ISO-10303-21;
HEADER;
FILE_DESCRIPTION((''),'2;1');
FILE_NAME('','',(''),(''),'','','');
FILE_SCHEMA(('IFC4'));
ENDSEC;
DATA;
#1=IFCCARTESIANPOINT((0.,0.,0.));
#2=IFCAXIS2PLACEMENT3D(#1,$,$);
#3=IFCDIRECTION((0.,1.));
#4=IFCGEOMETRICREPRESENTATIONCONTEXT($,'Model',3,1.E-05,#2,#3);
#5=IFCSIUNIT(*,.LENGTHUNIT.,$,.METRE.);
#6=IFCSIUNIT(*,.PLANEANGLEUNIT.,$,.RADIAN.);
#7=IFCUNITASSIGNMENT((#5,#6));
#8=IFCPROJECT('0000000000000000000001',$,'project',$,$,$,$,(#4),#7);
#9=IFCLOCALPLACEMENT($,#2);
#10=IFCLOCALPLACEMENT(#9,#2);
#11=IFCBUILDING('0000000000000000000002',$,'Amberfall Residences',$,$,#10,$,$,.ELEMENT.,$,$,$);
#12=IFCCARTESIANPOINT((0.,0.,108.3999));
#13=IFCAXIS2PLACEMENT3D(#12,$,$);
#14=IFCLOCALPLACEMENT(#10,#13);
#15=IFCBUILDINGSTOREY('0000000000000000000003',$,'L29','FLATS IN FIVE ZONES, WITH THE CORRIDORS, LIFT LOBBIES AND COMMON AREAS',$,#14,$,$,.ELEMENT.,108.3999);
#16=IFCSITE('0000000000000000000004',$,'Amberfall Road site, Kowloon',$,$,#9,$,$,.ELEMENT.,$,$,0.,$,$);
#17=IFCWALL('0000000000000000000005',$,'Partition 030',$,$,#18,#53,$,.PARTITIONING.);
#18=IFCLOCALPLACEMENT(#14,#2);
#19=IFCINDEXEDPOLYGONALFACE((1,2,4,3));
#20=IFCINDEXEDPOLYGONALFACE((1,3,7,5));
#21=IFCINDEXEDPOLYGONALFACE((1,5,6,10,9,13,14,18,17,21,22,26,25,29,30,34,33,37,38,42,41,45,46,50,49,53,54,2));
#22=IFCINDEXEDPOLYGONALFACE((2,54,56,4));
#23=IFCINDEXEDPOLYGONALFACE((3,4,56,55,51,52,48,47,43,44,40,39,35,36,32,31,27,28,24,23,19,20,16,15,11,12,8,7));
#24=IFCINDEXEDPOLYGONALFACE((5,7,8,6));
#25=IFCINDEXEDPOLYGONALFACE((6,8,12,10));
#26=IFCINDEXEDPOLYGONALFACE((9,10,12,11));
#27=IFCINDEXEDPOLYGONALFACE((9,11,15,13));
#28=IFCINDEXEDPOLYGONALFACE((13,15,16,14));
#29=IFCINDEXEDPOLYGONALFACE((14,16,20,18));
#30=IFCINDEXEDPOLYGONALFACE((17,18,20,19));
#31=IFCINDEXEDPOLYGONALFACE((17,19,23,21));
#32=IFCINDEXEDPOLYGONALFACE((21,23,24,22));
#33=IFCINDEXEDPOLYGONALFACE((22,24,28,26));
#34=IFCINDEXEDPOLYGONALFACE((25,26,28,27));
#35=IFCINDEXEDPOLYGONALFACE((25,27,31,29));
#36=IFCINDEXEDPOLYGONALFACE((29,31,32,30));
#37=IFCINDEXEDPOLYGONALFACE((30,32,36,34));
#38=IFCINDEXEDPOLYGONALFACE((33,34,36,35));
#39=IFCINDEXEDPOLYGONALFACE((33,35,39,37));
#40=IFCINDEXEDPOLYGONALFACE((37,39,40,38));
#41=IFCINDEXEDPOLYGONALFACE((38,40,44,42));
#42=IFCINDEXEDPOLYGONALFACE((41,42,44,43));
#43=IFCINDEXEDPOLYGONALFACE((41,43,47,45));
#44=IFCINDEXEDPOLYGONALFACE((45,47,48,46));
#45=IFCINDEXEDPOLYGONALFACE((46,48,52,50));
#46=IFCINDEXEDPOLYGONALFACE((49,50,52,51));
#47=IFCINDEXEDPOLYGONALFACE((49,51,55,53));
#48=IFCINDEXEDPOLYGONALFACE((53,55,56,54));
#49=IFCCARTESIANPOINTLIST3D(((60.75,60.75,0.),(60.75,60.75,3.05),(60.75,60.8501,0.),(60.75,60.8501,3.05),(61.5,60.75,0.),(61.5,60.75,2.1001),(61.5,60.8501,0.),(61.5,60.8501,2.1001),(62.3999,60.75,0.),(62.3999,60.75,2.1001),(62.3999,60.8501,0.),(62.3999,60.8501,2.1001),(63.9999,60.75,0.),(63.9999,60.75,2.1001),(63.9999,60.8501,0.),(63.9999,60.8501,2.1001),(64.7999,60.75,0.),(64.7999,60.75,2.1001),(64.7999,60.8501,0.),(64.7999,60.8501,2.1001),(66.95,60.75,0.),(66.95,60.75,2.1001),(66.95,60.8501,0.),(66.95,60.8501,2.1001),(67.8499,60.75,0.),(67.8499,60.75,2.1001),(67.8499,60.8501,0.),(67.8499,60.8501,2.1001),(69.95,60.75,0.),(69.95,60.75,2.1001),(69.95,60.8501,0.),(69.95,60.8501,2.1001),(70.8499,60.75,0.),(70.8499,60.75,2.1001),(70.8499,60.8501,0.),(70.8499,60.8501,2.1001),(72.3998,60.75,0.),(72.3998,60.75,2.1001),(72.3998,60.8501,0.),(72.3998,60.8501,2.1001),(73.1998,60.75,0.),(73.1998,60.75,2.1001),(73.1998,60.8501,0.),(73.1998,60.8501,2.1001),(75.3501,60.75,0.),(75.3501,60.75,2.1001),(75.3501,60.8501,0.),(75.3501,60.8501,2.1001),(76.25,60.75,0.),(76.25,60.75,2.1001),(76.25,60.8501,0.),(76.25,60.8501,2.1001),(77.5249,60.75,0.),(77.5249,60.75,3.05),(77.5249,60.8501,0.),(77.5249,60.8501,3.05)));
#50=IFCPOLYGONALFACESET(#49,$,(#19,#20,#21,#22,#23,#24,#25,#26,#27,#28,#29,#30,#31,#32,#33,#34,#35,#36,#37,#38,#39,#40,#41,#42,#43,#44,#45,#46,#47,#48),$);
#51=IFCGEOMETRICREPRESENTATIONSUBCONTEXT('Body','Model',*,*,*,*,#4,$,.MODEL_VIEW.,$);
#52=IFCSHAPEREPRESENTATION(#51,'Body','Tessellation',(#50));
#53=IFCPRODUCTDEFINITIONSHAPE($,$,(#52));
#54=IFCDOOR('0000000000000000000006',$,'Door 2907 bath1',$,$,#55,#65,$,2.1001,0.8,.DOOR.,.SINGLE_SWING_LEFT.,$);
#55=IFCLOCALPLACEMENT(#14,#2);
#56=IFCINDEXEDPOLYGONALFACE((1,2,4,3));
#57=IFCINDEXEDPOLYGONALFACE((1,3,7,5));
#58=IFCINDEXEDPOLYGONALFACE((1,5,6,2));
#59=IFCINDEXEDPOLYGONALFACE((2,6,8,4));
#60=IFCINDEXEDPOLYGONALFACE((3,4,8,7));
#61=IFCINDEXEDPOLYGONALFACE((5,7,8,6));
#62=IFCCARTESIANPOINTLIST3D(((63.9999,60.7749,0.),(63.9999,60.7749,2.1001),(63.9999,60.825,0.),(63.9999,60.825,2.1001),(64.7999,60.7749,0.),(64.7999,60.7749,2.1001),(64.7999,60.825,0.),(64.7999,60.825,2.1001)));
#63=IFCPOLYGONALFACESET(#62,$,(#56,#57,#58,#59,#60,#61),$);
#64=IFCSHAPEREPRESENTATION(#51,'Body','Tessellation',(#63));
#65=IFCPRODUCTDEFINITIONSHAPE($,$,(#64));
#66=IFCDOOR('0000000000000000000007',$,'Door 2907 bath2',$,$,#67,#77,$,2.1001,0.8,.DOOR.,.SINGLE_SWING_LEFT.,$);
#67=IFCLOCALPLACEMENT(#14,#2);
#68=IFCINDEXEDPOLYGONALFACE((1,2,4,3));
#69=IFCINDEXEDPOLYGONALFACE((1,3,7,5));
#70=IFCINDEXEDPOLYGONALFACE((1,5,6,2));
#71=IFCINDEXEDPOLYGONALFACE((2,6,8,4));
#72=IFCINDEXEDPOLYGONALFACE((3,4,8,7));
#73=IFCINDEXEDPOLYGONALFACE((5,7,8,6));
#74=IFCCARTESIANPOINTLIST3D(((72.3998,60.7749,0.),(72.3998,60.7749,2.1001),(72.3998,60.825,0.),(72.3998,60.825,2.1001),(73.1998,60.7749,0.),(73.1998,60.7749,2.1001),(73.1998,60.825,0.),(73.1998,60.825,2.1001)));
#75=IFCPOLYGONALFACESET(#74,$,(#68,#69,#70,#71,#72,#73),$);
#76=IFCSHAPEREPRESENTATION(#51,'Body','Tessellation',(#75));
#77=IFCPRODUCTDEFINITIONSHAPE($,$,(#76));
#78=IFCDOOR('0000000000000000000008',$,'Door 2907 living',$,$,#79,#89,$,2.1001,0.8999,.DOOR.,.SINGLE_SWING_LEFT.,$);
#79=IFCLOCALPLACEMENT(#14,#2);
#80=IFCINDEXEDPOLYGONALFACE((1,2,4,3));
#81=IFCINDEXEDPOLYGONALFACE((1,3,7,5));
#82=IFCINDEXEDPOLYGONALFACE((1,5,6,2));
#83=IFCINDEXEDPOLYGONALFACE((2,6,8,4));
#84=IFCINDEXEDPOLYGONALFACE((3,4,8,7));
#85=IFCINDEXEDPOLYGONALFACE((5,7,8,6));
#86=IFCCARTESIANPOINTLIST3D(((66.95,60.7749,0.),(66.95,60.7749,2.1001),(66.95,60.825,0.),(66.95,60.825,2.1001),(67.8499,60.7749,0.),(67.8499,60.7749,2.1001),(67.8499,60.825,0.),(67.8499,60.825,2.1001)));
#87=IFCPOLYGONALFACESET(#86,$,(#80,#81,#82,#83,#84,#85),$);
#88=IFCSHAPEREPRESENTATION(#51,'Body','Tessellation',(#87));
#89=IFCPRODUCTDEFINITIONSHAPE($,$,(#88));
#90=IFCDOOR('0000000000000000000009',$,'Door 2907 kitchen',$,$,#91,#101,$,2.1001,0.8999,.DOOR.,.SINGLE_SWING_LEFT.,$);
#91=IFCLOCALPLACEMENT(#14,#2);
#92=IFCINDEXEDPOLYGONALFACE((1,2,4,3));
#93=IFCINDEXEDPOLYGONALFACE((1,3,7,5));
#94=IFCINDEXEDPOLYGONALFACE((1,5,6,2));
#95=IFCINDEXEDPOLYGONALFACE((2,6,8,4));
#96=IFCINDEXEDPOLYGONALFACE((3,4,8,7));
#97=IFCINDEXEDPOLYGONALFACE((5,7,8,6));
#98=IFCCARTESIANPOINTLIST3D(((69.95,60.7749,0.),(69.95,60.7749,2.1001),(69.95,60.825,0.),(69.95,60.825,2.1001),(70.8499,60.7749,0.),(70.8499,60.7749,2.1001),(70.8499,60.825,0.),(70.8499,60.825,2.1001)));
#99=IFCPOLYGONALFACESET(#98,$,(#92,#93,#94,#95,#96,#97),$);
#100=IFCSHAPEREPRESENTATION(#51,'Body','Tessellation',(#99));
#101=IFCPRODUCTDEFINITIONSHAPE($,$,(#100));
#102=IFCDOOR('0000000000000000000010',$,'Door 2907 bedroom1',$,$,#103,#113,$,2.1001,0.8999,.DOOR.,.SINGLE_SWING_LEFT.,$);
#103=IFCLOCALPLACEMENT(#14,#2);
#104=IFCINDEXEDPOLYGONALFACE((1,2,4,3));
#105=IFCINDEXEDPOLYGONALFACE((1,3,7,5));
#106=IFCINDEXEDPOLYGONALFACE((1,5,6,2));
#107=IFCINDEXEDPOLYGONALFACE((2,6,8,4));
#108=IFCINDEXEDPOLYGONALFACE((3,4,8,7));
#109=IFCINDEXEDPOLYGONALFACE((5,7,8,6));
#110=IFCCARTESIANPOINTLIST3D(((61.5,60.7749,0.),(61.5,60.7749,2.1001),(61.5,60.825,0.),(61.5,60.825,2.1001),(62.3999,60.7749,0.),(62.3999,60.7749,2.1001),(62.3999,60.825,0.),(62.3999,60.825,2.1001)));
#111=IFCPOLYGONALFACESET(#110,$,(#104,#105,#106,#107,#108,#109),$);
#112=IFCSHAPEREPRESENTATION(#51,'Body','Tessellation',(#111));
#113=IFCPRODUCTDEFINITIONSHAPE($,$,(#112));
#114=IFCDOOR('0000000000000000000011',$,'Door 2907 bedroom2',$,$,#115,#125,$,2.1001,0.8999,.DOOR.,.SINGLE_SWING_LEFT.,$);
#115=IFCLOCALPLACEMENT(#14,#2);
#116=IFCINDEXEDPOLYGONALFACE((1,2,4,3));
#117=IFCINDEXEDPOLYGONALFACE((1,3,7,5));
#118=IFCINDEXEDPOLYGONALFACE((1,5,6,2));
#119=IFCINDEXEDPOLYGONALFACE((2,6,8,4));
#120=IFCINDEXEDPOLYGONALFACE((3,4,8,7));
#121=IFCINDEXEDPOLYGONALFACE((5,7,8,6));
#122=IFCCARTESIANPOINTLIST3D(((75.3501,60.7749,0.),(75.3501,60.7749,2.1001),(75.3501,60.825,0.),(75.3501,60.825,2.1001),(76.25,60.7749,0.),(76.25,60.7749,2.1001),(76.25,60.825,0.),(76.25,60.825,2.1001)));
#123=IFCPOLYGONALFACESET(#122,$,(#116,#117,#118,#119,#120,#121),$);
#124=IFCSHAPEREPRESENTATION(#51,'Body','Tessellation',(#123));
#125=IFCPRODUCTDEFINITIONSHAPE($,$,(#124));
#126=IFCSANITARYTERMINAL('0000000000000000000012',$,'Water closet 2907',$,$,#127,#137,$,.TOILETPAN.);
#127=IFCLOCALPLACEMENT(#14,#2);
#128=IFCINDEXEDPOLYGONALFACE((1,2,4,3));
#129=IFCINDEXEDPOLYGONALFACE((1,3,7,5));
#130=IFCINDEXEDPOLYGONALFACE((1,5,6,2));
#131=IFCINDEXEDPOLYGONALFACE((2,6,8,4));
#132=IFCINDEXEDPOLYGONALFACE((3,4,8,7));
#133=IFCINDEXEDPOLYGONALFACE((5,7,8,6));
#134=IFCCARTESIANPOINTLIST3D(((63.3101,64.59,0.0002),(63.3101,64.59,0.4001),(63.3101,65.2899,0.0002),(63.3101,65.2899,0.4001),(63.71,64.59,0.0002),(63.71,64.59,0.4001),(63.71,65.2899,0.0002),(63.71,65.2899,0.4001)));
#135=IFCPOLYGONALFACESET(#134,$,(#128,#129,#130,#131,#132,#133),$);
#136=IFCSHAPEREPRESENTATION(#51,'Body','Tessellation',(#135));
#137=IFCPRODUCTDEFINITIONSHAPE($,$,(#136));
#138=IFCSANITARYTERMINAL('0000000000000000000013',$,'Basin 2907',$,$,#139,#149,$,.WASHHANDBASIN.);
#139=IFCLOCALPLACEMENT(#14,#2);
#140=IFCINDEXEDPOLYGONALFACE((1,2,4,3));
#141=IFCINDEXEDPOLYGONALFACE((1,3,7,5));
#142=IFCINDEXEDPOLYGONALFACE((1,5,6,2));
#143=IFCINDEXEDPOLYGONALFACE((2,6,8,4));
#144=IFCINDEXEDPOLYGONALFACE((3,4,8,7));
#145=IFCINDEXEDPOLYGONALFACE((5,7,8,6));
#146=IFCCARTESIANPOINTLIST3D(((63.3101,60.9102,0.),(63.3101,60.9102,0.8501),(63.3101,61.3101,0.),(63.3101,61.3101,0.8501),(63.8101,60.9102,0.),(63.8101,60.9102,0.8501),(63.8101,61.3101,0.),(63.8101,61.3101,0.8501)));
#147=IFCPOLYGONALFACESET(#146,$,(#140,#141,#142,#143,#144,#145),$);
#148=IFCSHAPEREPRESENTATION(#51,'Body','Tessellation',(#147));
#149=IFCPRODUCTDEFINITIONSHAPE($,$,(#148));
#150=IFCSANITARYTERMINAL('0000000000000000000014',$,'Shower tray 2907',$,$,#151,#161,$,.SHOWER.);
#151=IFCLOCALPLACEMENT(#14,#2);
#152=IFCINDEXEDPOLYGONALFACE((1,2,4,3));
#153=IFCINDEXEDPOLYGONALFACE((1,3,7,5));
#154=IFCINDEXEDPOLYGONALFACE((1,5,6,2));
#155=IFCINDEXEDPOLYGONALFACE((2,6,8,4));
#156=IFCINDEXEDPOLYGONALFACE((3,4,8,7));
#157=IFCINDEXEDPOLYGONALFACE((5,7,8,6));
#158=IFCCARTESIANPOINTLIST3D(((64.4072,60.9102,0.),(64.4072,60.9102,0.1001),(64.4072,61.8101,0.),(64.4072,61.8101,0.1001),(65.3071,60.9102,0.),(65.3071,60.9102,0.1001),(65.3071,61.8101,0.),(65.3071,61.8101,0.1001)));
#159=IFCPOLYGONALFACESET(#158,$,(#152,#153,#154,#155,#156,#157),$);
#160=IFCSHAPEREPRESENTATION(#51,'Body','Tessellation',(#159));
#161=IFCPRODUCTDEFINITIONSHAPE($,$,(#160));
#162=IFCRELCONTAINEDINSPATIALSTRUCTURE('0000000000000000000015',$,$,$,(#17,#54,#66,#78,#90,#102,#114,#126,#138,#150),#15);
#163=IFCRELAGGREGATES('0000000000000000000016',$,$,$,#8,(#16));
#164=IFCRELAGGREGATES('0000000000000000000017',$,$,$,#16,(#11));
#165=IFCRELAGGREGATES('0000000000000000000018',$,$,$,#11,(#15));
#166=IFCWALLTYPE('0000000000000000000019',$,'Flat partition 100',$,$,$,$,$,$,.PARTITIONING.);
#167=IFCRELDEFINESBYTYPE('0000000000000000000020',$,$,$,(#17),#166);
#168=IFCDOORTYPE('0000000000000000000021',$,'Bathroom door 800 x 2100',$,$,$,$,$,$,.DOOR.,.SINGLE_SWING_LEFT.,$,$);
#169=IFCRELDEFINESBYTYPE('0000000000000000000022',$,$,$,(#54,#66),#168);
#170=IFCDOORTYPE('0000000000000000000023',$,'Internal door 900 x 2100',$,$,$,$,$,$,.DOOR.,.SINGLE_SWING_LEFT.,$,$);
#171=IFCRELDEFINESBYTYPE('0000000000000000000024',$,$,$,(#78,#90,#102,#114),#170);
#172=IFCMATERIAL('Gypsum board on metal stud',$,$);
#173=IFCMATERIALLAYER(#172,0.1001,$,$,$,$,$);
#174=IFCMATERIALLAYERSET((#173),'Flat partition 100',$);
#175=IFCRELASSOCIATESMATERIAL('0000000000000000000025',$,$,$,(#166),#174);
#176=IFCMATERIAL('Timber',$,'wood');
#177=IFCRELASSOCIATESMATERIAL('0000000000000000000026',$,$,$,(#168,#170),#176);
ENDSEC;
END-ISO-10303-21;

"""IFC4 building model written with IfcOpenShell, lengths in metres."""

from ifc_helpers import new_model, si_unit, direction, frame, frame_2d, origin, origin_2d, place, context, subcontext, project, spatial, rectangle, extrude, material, layer, layer_set, type_object, element, fill, save


model = new_model("IFC4")

# Units and contexts
model_context = context("Model", 3, precision=1e-05, world=origin(), true_north=direction((0.0, 1.0)))
body_context = subcontext(model_context, "Body", "Model", "MODEL_VIEW")
ifc_project = project(units=[si_unit("LENGTHUNIT", "METRE"), si_unit("PLANEANGLEUNIT", "RADIAN")], contexts=[model_context])

# Site, building, storey
site_placement = place(None, origin())
site = spatial("IfcSite", under=ifc_project, at=site_placement, Name="Amberfall Road site, Kowloon", CompositionType="ELEMENT", RefElevation=0.0)
building_placement = place(site_placement, origin())
building = spatial("IfcBuilding", under=site, at=building_placement, Name="Amberfall Residences", CompositionType="ELEMENT")
storey_placement = place(building_placement, frame((0.0, 0.0, 108.3999)))
storey = spatial("IfcBuildingStorey", under=building, at=storey_placement, Name="L29", Description="FLATS IN FIVE ZONES, WITH THE CORRIDORS, LIFT LOBBIES AND COMMON AREAS", CompositionType="ELEMENT", Elevation=108.3999)

# Shared definitions
ifc_material_1 = material(Name="Gypsum board on metal stud")
ifc_layer_1 = layer(ifc_material_1, 0.1001)
ifc_layer_set_1 = layer_set([ifc_layer_1], Name="Flat partition 100")
wall_type_1 = type_object("IfcWallType", Name="Flat partition 100", PredefinedType="PARTITIONING", material=ifc_layer_set_1)

# Wall, openings, doors
wall_1_placement = place(storey_placement, frame((60.75, 60.8, 0.0), z_axis=(0.0, 0.0, 1.0), x_axis=(1.0, 0.0, 0.0)))
wall_1 = element("IfcWall", 1, at=wall_1_placement, inside=storey, type_object=wall_type_1, Name="Partition 030", PredefinedType="PARTITIONING", context=body_context, shape_type="SweptSolid", body=[
    extrude(rectangle(XDim=16.7749, YDim=0.1001, at=frame_2d((8.3875, 0.0))), origin(), (0.0, 0.0, 1.0), 3.05),
])
opening_1_placement = place(wall_1_placement, frame((6.2, 0.0, 0.0)))
opening_1 = element("IfcOpeningElement", 2, at=opening_1_placement, cuts=wall_1, PredefinedType="OPENING", context=body_context, shape_type="SweptSolid", body=[
    extrude(rectangle(XDim=0.8999, YDim=2.1001, at=frame_2d((0.45, 1.05))), frame((0.0, 0.0601, 0.0), z_axis=(0.0, -1.0, 0.0), x_axis=(1.0, 0.0, 0.0)), (0.0, 0.0, 1.0), 0.1201),
])
opening_2_placement = place(wall_1_placement, frame((9.2, 0.0, 0.0)))
opening_2 = element("IfcOpeningElement", 3, at=opening_2_placement, cuts=wall_1, PredefinedType="OPENING", context=body_context, shape_type="SweptSolid", body=[
    extrude(rectangle(XDim=0.8999, YDim=2.1001, at=frame_2d((0.45, 1.05))), frame((0.0, 0.0601, 0.0), z_axis=(0.0, -1.0, 0.0), x_axis=(1.0, 0.0, 0.0)), (0.0, 0.0, 1.0), 0.1201),
])
opening_3_placement = place(wall_1_placement, frame((0.75, 0.0, 0.0)))
opening_3 = element("IfcOpeningElement", 4, at=opening_3_placement, cuts=wall_1, PredefinedType="OPENING", context=body_context, shape_type="SweptSolid", body=[
    extrude(rectangle(XDim=0.8999, YDim=2.1001, at=frame_2d((0.45, 1.05))), frame((0.0, 0.0601, 0.0), z_axis=(0.0, -1.0, 0.0), x_axis=(1.0, 0.0, 0.0)), (0.0, 0.0, 1.0), 0.1201),
])
opening_4_placement = place(wall_1_placement, frame((14.6001, 0.0, 0.0)))
opening_4 = element("IfcOpeningElement", 5, at=opening_4_placement, cuts=wall_1, PredefinedType="OPENING", context=body_context, shape_type="SweptSolid", body=[
    extrude(rectangle(XDim=0.8999, YDim=2.1001, at=frame_2d((0.45, 1.05))), frame((0.0, 0.0601, 0.0), z_axis=(0.0, -1.0, 0.0), x_axis=(1.0, 0.0, 0.0)), (0.0, 0.0, 1.0), 0.1201),
])
opening_5_placement = place(wall_1_placement, frame((3.25, 0.0, 0.0)))
opening_5 = element("IfcOpeningElement", 6, at=opening_5_placement, cuts=wall_1, PredefinedType="OPENING", context=body_context, shape_type="SweptSolid", body=[
    extrude(rectangle(XDim=0.8, YDim=2.1001, at=frame_2d((0.3999, 1.05))), frame((0.0, 0.0601, 0.0), z_axis=(0.0, -1.0, 0.0), x_axis=(1.0, 0.0, 0.0)), (0.0, 0.0, 1.0), 0.1201),
])
opening_6_placement = place(wall_1_placement, frame((11.6499, 0.0, 0.0)))
opening_6 = element("IfcOpeningElement", 7, at=opening_6_placement, cuts=wall_1, PredefinedType="OPENING", context=body_context, shape_type="SweptSolid", body=[
    extrude(rectangle(XDim=0.8, YDim=2.1001, at=frame_2d((0.3999, 1.05))), frame((0.0, 0.0601, 0.0), z_axis=(0.0, -1.0, 0.0), x_axis=(1.0, 0.0, 0.0)), (0.0, 0.0, 1.0), 0.1201),
])
ifc_material_2 = material(Name="Timber", Category="wood")
door_type_1 = type_object("IfcDoorType", Name="Bathroom door 800 x 2100", OperationType="SINGLE_SWING_LEFT", PredefinedType="DOOR", material=ifc_material_2)
door_1_placement = place(opening_5_placement, origin())
door_1 = element("IfcDoor", 8, at=door_1_placement, inside=storey, type_object=door_type_1, Name="Door 2907 bath1", OperationType="SINGLE_SWING_LEFT", OverallHeight=2.1001, OverallWidth=0.8, PredefinedType="DOOR", context=body_context, shape_type="SweptSolid", body=[
    extrude(rectangle(XDim=0.8, YDim=2.1001, at=frame_2d((0.3999, 1.05))), frame((0.0, 0.0249, 0.0), z_axis=(0.0, -1.0, 0.0), x_axis=(1.0, 0.0, 0.0)), (0.0, 0.0, 1.0), 0.05),
])
fill(opening_5, door_1)
door_2_placement = place(opening_6_placement, origin())
door_2 = element("IfcDoor", 9, at=door_2_placement, inside=storey, type_object=door_type_1, Name="Door 2907 bath2", OperationType="SINGLE_SWING_LEFT", OverallHeight=2.1001, OverallWidth=0.8, PredefinedType="DOOR", context=body_context, shape_type="SweptSolid", body=[
    extrude(rectangle(XDim=0.8, YDim=2.1001, at=frame_2d((0.3999, 1.05))), frame((0.0, 0.0249, 0.0), z_axis=(0.0, -1.0, 0.0), x_axis=(1.0, 0.0, 0.0)), (0.0, 0.0, 1.0), 0.05),
])
fill(opening_6, door_2)
door_type_2 = type_object("IfcDoorType", Name="Internal door 900 x 2100", OperationType="SINGLE_SWING_LEFT", PredefinedType="DOOR", material=ifc_material_2)
door_3_placement = place(opening_1_placement, origin())
door_3 = element("IfcDoor", 10, at=door_3_placement, inside=storey, type_object=door_type_2, Name="Door 2907 living", OperationType="SINGLE_SWING_LEFT", OverallHeight=2.1001, OverallWidth=0.8999, PredefinedType="DOOR", context=body_context, shape_type="SweptSolid", body=[
    extrude(rectangle(XDim=0.8999, YDim=2.1001, at=frame_2d((0.45, 1.05))), frame((0.0, 0.0249, 0.0), z_axis=(0.0, -1.0, 0.0), x_axis=(1.0, 0.0, 0.0)), (0.0, 0.0, 1.0), 0.05),
])
fill(opening_1, door_3)
door_4_placement = place(opening_2_placement, origin())
door_4 = element("IfcDoor", 11, at=door_4_placement, inside=storey, type_object=door_type_2, Name="Door 2907 kitchen", OperationType="SINGLE_SWING_LEFT", OverallHeight=2.1001, OverallWidth=0.8999, PredefinedType="DOOR", context=body_context, shape_type="SweptSolid", body=[
    extrude(rectangle(XDim=0.8999, YDim=2.1001, at=frame_2d((0.45, 1.05))), frame((0.0, 0.0249, 0.0), z_axis=(0.0, -1.0, 0.0), x_axis=(1.0, 0.0, 0.0)), (0.0, 0.0, 1.0), 0.05),
])
fill(opening_2, door_4)
door_5_placement = place(opening_3_placement, origin())
door_5 = element("IfcDoor", 12, at=door_5_placement, inside=storey, type_object=door_type_2, Name="Door 2907 bedroom1", OperationType="SINGLE_SWING_LEFT", OverallHeight=2.1001, OverallWidth=0.8999, PredefinedType="DOOR", context=body_context, shape_type="SweptSolid", body=[
    extrude(rectangle(XDim=0.8999, YDim=2.1001, at=frame_2d((0.45, 1.05))), frame((0.0, 0.0249, 0.0), z_axis=(0.0, -1.0, 0.0), x_axis=(1.0, 0.0, 0.0)), (0.0, 0.0, 1.0), 0.05),
])
fill(opening_3, door_5)
door_6_placement = place(opening_4_placement, origin())
door_6 = element("IfcDoor", 13, at=door_6_placement, inside=storey, type_object=door_type_2, Name="Door 2907 bedroom2", OperationType="SINGLE_SWING_LEFT", OverallHeight=2.1001, OverallWidth=0.8999, PredefinedType="DOOR", context=body_context, shape_type="SweptSolid", body=[
    extrude(rectangle(XDim=0.8999, YDim=2.1001, at=frame_2d((0.45, 1.05))), frame((0.0, 0.0249, 0.0), z_axis=(0.0, -1.0, 0.0), x_axis=(1.0, 0.0, 0.0)), (0.0, 0.0, 1.0), 0.05),
])
fill(opening_4, door_6)

# Sanitary terminals
sanitary_terminal_1_placement = place(storey_placement, frame((63.51, 64.9399, 0.0002), z_axis=(0.0, 0.0, 1.0), x_axis=(1.0, 0.0, 0.0)))
element("IfcSanitaryTerminal", 14, at=sanitary_terminal_1_placement, inside=storey, Name="Water closet 2907", PredefinedType="TOILETPAN", context=body_context, shape_type="SweptSolid", body=[
    extrude(rectangle(XDim=0.3999, YDim=0.7, at=origin_2d()), origin(), (0.0, 0.0, 1.0), 0.3999),
])
sanitary_terminal_2_placement = place(storey_placement, frame((63.5601, 61.1101, 0.0), z_axis=(0.0, 0.0, 1.0), x_axis=(1.0, 0.0, 0.0)))
element("IfcSanitaryTerminal", 15, at=sanitary_terminal_2_placement, inside=storey, Name="Basin 2907", PredefinedType="WASHHANDBASIN", context=body_context, shape_type="SweptSolid", body=[
    extrude(rectangle(XDim=0.5, YDim=0.3999, at=origin_2d()), origin(), (0.0, 0.0, 1.0), 0.8501),
])
sanitary_terminal_3_placement = place(storey_placement, frame((64.8572, 61.3601, 0.0), z_axis=(0.0, 0.0, 1.0), x_axis=(1.0, 0.0, 0.0)))
element("IfcSanitaryTerminal", 16, at=sanitary_terminal_3_placement, inside=storey, Name="Shower tray 2907", PredefinedType="SHOWER", context=body_context, shape_type="SweptSolid", body=[
    extrude(rectangle(XDim=0.8999, YDim=0.8999, at=origin_2d()), origin(), (0.0, 0.0, 1.0), 0.1001),
])

save(model, "model.ifc")
